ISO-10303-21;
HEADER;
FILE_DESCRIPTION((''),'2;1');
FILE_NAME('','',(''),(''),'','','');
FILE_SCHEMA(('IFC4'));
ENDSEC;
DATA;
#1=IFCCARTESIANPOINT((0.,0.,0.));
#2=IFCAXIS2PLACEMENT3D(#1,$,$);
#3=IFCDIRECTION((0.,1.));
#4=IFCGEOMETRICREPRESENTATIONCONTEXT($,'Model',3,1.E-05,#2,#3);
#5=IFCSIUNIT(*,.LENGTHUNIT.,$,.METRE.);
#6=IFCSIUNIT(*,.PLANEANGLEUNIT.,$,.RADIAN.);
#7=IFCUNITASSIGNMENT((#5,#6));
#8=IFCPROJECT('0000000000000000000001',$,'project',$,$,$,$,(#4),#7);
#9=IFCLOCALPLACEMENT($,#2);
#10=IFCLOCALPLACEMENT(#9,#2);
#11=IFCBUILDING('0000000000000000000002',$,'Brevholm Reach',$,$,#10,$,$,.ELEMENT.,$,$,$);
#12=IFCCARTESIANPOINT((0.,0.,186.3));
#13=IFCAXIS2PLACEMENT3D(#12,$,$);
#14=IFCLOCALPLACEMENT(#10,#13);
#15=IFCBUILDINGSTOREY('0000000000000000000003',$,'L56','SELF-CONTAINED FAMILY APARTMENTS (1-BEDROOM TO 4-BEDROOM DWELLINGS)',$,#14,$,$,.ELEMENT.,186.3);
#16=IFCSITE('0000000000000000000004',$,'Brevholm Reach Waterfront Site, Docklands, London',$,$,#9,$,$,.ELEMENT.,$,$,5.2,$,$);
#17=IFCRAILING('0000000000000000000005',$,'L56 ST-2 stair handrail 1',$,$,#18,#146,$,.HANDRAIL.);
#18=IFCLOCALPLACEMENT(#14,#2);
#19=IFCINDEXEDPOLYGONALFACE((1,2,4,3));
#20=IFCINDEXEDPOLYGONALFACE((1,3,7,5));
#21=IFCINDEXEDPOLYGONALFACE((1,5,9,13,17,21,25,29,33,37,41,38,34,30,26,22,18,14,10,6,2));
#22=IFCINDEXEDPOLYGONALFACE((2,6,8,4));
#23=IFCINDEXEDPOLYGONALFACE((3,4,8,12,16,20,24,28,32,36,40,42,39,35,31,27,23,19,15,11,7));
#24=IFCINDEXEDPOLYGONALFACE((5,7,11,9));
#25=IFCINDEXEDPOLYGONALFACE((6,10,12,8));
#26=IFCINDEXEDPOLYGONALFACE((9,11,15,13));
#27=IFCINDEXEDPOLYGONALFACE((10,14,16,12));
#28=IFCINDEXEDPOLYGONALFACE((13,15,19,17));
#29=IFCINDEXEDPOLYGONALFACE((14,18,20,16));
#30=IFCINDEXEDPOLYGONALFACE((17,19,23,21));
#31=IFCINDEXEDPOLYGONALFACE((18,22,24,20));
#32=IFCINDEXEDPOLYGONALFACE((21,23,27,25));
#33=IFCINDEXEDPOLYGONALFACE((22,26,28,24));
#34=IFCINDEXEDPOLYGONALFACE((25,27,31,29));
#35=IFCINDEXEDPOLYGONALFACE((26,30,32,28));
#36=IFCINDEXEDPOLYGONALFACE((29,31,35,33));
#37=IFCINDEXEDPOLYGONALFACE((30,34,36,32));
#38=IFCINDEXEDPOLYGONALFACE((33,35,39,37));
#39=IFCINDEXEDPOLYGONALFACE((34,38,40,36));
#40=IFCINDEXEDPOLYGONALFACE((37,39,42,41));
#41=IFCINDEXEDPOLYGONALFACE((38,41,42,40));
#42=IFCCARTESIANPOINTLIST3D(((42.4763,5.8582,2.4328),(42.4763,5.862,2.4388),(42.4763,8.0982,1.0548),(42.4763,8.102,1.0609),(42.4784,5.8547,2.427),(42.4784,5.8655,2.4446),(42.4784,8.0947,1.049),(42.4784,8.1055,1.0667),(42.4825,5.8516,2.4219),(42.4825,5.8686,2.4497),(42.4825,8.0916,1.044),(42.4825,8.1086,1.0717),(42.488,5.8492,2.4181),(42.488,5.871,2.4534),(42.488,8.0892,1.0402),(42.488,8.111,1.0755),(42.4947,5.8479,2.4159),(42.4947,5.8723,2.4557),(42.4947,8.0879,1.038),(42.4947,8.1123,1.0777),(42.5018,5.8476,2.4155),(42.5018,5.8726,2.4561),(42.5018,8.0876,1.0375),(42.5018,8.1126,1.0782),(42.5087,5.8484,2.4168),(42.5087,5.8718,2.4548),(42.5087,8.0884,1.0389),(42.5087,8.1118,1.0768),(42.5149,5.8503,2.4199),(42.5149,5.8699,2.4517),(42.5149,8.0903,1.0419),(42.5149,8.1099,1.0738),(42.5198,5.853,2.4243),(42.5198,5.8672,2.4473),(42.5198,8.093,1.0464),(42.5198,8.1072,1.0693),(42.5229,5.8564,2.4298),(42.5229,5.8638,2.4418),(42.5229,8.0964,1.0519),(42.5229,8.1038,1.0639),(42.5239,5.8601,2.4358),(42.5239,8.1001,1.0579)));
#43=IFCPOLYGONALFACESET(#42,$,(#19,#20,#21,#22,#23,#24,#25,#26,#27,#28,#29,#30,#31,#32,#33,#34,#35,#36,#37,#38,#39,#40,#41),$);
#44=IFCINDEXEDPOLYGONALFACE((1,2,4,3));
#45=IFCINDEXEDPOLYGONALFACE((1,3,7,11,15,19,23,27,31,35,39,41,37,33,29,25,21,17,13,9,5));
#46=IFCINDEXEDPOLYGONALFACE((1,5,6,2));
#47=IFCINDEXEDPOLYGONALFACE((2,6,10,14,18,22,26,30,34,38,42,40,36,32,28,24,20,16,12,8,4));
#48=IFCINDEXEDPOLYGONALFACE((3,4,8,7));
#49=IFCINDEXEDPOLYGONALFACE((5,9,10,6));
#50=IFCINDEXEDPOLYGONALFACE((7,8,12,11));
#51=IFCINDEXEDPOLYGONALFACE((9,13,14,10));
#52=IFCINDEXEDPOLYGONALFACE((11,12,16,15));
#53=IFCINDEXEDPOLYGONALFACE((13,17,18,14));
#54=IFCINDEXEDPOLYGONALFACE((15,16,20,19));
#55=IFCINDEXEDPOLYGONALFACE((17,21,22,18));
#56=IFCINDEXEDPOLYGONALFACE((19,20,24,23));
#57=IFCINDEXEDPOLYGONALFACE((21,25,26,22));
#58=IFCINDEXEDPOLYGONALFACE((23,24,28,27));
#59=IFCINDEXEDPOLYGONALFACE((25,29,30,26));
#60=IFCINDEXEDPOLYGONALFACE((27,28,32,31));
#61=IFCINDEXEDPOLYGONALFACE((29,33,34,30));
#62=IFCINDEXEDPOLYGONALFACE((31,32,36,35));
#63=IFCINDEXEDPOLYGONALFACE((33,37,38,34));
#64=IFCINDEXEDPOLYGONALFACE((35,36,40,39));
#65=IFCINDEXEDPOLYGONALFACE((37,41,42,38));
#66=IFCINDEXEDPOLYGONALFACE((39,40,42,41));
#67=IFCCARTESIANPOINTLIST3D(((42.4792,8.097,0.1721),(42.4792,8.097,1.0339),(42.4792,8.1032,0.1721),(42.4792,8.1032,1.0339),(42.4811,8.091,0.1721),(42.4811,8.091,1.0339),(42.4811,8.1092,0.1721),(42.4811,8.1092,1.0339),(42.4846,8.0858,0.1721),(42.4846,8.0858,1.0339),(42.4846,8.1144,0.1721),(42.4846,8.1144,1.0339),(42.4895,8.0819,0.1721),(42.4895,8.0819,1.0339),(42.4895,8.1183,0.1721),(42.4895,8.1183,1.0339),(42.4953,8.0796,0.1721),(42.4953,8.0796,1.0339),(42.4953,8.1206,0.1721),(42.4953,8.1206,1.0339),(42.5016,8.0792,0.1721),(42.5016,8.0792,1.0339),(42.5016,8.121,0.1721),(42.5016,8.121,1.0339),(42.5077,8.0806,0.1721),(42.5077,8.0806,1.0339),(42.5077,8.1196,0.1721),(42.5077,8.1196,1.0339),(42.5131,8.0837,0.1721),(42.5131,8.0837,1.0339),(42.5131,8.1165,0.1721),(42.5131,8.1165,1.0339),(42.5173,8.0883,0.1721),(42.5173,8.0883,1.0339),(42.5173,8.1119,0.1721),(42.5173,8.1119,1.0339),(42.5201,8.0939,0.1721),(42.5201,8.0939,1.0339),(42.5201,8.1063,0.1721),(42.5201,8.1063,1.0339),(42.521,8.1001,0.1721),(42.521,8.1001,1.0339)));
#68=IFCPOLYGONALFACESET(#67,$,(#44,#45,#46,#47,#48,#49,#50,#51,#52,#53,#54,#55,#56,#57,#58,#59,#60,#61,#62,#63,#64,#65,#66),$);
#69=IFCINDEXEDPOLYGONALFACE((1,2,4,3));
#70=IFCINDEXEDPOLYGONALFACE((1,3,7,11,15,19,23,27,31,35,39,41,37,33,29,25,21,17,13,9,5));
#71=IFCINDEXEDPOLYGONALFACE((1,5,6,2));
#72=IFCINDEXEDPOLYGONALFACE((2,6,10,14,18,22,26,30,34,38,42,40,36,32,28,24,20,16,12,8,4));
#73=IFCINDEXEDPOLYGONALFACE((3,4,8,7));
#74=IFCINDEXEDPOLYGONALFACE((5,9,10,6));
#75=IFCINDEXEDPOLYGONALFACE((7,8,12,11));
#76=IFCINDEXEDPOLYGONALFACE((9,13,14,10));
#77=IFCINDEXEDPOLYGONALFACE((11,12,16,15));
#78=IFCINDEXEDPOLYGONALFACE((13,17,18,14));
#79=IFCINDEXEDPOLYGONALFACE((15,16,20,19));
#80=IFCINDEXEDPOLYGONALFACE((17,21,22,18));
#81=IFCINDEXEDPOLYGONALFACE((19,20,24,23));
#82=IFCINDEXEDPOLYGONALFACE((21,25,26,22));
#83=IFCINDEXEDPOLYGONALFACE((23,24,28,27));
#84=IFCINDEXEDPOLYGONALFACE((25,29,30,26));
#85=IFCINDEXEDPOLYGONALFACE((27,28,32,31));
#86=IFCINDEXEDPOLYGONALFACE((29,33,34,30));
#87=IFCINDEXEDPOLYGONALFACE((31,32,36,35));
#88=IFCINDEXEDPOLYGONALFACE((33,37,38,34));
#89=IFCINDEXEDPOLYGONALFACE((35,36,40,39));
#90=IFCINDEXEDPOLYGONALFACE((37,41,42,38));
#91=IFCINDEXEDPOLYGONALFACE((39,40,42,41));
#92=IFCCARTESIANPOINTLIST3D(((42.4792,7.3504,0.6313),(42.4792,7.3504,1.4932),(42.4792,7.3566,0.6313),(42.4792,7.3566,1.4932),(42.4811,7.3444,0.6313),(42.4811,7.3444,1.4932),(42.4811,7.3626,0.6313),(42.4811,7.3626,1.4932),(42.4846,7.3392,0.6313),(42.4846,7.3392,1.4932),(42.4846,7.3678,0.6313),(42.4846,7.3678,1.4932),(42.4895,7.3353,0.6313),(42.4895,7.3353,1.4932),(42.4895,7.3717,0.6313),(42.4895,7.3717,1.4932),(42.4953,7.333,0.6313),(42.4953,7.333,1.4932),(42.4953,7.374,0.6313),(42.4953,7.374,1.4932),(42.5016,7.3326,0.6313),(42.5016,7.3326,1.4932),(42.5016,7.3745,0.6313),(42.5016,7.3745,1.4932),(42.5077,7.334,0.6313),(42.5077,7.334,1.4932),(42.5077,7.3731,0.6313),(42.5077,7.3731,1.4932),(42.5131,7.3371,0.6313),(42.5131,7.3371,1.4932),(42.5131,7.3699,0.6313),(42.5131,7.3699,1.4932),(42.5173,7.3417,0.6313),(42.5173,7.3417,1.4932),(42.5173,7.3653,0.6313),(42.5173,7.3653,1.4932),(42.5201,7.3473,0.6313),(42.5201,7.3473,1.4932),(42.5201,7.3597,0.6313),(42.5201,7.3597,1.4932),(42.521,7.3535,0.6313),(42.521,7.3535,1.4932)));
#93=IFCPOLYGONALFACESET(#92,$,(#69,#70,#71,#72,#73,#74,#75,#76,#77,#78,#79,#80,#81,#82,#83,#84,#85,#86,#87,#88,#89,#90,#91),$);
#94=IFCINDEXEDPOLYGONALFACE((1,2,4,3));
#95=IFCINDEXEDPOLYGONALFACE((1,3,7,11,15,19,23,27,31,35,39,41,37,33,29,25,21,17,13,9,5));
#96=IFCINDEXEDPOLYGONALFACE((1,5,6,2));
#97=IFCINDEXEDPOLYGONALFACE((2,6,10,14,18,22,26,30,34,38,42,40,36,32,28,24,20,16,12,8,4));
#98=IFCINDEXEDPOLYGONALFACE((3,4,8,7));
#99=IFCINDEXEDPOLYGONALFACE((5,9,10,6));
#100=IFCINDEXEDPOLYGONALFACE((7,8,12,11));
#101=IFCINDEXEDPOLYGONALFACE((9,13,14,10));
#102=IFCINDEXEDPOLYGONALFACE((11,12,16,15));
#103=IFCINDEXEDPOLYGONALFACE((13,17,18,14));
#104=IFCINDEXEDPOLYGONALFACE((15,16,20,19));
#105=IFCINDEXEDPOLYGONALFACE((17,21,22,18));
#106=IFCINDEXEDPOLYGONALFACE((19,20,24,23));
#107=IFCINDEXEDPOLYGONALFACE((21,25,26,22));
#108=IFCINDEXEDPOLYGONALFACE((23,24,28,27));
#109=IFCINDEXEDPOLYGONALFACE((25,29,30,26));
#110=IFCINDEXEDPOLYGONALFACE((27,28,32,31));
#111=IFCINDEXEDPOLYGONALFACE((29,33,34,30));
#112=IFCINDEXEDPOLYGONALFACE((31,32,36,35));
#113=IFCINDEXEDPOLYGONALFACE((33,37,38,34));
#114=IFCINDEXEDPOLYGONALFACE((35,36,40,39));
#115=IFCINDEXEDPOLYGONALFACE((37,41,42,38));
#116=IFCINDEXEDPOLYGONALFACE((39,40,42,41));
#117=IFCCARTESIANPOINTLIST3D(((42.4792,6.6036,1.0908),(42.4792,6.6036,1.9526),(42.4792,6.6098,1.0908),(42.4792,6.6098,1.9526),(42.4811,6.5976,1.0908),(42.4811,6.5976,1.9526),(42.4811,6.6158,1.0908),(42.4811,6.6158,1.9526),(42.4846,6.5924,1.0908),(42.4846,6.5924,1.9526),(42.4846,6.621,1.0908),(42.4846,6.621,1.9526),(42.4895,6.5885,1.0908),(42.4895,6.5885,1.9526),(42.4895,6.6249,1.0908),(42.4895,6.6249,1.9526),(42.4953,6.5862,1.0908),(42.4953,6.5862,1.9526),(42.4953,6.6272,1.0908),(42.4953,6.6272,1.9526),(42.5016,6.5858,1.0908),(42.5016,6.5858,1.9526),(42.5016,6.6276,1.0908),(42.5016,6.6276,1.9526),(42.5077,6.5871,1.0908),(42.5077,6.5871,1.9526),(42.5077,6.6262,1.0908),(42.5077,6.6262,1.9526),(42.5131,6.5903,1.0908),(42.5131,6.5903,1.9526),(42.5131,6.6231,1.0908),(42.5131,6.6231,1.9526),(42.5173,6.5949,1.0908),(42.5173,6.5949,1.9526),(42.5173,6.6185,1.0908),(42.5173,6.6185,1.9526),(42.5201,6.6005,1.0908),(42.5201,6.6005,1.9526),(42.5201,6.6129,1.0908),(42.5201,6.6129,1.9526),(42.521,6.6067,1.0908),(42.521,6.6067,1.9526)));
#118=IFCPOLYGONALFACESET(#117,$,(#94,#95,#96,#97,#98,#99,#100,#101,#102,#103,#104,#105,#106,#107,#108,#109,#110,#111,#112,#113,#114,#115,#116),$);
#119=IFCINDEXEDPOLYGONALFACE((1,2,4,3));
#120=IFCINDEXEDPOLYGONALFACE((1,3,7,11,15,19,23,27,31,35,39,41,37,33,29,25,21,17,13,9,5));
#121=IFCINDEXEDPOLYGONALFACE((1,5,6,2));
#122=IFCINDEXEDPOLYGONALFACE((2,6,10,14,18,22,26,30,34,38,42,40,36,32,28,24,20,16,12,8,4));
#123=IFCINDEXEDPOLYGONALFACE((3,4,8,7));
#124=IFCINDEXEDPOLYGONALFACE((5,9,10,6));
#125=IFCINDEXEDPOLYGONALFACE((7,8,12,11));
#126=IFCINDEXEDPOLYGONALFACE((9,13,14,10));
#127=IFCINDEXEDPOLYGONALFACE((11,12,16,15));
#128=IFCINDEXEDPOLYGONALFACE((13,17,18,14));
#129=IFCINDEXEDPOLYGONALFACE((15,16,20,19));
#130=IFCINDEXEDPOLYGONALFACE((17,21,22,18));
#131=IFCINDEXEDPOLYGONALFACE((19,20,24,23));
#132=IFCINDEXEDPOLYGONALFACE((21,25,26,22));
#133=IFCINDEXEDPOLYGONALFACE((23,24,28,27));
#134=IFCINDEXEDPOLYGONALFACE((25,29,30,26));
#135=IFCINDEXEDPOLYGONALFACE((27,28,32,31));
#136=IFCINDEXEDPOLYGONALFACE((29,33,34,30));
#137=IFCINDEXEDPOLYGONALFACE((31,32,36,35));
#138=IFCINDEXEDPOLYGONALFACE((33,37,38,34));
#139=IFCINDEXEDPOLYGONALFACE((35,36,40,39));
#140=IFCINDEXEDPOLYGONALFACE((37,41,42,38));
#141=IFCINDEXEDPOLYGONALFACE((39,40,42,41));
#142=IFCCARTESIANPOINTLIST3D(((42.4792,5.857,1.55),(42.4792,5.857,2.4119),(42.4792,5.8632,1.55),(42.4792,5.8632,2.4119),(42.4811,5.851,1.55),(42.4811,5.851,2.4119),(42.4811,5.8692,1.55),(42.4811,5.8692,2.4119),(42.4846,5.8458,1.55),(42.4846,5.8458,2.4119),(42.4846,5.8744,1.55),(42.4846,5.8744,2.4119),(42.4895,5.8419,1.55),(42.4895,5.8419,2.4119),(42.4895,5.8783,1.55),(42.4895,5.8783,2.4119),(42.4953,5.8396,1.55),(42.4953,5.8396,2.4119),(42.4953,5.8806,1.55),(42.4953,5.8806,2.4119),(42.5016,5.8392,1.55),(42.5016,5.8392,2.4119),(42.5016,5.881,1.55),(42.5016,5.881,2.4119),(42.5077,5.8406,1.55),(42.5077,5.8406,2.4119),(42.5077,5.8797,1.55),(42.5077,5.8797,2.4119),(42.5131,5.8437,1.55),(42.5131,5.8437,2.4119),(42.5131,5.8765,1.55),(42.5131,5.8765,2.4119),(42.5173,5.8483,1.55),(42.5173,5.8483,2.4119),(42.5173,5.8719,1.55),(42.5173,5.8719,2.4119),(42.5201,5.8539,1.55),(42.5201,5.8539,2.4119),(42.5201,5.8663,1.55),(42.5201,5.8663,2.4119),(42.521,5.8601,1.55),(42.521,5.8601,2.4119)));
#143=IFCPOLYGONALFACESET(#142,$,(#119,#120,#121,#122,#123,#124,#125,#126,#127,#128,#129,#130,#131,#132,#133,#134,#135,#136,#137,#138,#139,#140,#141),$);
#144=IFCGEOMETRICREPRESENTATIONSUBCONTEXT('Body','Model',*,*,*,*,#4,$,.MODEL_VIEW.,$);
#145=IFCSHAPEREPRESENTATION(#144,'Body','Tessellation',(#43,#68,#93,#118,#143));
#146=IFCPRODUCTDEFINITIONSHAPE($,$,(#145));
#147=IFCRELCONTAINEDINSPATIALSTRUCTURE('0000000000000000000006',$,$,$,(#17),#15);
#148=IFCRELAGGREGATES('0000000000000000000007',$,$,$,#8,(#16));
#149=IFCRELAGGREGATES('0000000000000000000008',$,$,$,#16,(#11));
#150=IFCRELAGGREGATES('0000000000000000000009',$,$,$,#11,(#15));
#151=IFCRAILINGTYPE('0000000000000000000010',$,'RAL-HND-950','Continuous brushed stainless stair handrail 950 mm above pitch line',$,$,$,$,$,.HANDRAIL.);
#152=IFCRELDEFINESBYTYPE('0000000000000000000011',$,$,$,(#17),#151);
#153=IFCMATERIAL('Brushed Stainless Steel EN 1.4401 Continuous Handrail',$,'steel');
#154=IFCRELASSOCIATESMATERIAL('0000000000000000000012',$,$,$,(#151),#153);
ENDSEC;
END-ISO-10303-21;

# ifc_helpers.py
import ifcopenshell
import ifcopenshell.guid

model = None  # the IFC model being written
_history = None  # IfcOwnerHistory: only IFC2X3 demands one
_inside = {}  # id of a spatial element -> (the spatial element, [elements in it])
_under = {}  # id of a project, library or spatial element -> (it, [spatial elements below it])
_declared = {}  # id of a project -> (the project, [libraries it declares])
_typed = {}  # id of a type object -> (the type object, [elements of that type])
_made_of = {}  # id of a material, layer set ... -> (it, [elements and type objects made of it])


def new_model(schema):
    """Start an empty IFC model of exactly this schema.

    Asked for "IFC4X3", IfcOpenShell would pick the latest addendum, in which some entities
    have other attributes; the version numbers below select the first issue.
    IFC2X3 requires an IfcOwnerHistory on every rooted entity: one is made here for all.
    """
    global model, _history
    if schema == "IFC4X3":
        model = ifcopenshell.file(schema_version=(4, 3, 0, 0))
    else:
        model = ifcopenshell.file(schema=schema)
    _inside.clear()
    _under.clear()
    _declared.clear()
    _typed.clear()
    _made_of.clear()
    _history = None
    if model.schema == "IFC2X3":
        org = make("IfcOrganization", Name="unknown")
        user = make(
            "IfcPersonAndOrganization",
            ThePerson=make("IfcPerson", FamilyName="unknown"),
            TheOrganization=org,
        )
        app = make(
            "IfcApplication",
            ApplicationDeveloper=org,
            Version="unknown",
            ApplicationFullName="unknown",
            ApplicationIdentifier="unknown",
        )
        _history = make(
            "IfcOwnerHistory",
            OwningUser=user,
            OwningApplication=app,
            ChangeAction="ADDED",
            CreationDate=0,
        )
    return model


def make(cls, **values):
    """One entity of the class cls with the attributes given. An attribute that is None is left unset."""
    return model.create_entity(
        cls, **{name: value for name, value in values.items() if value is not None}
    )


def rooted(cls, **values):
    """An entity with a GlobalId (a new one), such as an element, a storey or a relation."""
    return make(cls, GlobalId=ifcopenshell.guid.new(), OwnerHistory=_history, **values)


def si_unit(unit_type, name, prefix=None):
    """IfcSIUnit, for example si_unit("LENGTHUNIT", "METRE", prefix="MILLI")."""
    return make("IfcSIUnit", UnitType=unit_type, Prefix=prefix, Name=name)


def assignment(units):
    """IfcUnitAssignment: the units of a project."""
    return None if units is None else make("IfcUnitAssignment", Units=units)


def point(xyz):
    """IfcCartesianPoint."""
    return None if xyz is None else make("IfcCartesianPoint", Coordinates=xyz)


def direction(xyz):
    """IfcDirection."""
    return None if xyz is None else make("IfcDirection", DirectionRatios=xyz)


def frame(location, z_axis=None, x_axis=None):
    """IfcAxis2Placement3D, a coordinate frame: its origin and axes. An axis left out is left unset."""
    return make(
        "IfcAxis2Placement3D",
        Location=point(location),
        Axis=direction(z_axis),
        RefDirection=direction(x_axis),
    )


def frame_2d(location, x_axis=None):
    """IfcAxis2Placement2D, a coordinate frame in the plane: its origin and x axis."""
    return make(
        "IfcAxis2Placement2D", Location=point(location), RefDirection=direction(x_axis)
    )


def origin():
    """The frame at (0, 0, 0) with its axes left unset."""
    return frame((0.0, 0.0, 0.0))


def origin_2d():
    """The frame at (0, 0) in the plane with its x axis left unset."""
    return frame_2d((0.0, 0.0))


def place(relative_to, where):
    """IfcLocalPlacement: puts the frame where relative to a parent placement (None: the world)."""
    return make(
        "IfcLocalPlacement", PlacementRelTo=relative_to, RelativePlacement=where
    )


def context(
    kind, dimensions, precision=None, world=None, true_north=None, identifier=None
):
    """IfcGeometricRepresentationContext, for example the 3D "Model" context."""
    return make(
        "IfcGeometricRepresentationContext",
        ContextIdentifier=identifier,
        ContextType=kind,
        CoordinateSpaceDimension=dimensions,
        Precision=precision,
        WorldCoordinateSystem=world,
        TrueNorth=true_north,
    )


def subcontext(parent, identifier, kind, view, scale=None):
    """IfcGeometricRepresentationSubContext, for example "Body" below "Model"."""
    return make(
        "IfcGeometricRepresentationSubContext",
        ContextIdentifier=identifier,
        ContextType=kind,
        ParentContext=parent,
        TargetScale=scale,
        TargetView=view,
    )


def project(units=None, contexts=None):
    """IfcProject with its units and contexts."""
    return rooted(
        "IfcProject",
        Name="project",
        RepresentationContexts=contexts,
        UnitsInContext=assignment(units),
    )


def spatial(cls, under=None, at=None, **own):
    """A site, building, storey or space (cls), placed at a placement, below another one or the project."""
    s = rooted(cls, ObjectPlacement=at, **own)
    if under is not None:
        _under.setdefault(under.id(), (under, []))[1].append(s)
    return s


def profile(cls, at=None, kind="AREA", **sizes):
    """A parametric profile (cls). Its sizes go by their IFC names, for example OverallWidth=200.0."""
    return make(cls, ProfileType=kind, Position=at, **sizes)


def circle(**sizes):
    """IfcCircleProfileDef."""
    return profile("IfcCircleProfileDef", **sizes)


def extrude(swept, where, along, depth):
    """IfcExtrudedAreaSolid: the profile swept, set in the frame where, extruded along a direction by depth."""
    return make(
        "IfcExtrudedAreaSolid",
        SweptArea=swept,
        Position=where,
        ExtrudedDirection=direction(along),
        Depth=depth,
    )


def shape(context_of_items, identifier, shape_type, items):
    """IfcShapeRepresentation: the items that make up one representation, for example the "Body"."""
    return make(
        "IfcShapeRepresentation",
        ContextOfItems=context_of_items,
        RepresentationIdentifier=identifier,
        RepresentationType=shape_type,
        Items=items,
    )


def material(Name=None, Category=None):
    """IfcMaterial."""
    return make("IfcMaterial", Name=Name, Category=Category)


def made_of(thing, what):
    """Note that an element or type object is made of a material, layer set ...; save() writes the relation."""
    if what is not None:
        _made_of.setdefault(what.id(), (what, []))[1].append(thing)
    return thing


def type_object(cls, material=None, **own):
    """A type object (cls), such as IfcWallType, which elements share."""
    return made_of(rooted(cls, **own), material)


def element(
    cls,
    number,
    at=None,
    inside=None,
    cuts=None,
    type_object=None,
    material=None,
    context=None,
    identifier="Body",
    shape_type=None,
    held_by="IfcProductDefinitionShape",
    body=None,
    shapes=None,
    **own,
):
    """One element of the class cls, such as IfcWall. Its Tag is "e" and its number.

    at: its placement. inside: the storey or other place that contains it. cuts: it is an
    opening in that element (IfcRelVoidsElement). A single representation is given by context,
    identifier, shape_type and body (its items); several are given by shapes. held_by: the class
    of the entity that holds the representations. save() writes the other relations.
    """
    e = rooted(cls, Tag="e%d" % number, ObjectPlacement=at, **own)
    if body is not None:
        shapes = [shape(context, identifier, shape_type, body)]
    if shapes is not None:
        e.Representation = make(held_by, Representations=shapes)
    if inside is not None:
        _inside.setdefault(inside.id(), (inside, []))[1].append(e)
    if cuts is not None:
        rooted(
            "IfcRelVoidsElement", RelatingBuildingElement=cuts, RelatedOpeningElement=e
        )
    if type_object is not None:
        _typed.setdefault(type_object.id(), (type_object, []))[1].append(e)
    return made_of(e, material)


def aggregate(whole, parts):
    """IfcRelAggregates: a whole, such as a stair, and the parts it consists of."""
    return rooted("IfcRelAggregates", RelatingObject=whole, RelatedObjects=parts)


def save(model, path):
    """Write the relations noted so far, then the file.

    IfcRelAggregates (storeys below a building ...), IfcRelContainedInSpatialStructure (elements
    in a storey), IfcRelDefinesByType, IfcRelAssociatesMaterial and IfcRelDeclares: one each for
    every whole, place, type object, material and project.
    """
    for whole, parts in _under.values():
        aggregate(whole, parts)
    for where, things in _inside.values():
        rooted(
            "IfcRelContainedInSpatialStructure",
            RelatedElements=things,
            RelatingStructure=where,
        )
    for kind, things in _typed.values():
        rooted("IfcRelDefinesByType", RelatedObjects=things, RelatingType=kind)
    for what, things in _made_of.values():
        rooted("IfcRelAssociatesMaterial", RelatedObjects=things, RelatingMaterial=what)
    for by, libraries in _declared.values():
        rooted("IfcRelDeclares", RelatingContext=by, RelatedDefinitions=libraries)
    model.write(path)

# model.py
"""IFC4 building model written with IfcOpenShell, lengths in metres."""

from ifc_helpers import new_model, si_unit, direction, frame, origin, origin_2d, place, context, subcontext, project, spatial, circle, extrude, material, type_object, element, save


model = new_model("IFC4")

# Units and contexts
model_context = context("Model", 3, precision=1e-05, world=origin(), true_north=direction((0.0, 1.0)))
body_context = subcontext(model_context, "Body", "Model", "MODEL_VIEW")
ifc_project = project(units=[si_unit("LENGTHUNIT", "METRE"), si_unit("PLANEANGLEUNIT", "RADIAN")], contexts=[model_context])

# Site, building, storey
site_placement = place(None, origin())
site = spatial("IfcSite", under=ifc_project, at=site_placement, Name="Brevholm Reach Waterfront Site, Docklands, London", CompositionType="ELEMENT", RefElevation=5.2)
building_placement = place(site_placement, origin())
building = spatial("IfcBuilding", under=site, at=building_placement, Name="Brevholm Reach", CompositionType="ELEMENT")
storey_placement = place(building_placement, frame((0.0, 0.0, 186.3)))
storey = spatial("IfcBuildingStorey", under=building, at=storey_placement, Name="L56", Description="SELF-CONTAINED FAMILY APARTMENTS (1-BEDROOM TO 4-BEDROOM DWELLINGS)", CompositionType="ELEMENT", Elevation=186.3)

# Railing
ifc_material_1 = material(Name="Brushed Stainless Steel EN 1.4401 Continuous Handrail", Category="steel")
railing_type_1 = type_object("IfcRailingType", Name="RAL-HND-950", Description="Continuous brushed stainless stair handrail 950 mm above pitch line", PredefinedType="HANDRAIL", material=ifc_material_1)
railing_1_placement = place(storey_placement, frame((42.5, 8.1001, 0.1721)))
element("IfcRailing", 1, at=railing_1_placement, inside=storey, type_object=railing_type_1, Name="L56 ST-2 stair handrail 1", PredefinedType="HANDRAIL", context=body_context, shape_type="SweptSolid", body=[
    extrude(circle(Radius=0.0239, at=origin_2d()), frame((0.0, 0.0, 0.8857), z_axis=(0.0, -0.851748, 0.523952), x_axis=(1.0, 0.0, 0.0)), (0.0, 0.0, 1.0), 2.6299),
    extrude(circle(Radius=0.021, at=origin_2d()), origin(), (0.0, 0.0, 1.0), 0.8618),
    extrude(circle(Radius=0.021, at=origin_2d()), frame((0.0, -0.7466, 0.4592)), (0.0, 0.0, 1.0), 0.8618),
    extrude(circle(Radius=0.021, at=origin_2d()), frame((0.0, -1.4934, 0.9187)), (0.0, 0.0, 1.0), 0.8618),
    extrude(circle(Radius=0.021, at=origin_2d()), frame((0.0, -2.24, 1.3779)), (0.0, 0.0, 1.0), 0.8618),
])

save(model, "model.ifc")
